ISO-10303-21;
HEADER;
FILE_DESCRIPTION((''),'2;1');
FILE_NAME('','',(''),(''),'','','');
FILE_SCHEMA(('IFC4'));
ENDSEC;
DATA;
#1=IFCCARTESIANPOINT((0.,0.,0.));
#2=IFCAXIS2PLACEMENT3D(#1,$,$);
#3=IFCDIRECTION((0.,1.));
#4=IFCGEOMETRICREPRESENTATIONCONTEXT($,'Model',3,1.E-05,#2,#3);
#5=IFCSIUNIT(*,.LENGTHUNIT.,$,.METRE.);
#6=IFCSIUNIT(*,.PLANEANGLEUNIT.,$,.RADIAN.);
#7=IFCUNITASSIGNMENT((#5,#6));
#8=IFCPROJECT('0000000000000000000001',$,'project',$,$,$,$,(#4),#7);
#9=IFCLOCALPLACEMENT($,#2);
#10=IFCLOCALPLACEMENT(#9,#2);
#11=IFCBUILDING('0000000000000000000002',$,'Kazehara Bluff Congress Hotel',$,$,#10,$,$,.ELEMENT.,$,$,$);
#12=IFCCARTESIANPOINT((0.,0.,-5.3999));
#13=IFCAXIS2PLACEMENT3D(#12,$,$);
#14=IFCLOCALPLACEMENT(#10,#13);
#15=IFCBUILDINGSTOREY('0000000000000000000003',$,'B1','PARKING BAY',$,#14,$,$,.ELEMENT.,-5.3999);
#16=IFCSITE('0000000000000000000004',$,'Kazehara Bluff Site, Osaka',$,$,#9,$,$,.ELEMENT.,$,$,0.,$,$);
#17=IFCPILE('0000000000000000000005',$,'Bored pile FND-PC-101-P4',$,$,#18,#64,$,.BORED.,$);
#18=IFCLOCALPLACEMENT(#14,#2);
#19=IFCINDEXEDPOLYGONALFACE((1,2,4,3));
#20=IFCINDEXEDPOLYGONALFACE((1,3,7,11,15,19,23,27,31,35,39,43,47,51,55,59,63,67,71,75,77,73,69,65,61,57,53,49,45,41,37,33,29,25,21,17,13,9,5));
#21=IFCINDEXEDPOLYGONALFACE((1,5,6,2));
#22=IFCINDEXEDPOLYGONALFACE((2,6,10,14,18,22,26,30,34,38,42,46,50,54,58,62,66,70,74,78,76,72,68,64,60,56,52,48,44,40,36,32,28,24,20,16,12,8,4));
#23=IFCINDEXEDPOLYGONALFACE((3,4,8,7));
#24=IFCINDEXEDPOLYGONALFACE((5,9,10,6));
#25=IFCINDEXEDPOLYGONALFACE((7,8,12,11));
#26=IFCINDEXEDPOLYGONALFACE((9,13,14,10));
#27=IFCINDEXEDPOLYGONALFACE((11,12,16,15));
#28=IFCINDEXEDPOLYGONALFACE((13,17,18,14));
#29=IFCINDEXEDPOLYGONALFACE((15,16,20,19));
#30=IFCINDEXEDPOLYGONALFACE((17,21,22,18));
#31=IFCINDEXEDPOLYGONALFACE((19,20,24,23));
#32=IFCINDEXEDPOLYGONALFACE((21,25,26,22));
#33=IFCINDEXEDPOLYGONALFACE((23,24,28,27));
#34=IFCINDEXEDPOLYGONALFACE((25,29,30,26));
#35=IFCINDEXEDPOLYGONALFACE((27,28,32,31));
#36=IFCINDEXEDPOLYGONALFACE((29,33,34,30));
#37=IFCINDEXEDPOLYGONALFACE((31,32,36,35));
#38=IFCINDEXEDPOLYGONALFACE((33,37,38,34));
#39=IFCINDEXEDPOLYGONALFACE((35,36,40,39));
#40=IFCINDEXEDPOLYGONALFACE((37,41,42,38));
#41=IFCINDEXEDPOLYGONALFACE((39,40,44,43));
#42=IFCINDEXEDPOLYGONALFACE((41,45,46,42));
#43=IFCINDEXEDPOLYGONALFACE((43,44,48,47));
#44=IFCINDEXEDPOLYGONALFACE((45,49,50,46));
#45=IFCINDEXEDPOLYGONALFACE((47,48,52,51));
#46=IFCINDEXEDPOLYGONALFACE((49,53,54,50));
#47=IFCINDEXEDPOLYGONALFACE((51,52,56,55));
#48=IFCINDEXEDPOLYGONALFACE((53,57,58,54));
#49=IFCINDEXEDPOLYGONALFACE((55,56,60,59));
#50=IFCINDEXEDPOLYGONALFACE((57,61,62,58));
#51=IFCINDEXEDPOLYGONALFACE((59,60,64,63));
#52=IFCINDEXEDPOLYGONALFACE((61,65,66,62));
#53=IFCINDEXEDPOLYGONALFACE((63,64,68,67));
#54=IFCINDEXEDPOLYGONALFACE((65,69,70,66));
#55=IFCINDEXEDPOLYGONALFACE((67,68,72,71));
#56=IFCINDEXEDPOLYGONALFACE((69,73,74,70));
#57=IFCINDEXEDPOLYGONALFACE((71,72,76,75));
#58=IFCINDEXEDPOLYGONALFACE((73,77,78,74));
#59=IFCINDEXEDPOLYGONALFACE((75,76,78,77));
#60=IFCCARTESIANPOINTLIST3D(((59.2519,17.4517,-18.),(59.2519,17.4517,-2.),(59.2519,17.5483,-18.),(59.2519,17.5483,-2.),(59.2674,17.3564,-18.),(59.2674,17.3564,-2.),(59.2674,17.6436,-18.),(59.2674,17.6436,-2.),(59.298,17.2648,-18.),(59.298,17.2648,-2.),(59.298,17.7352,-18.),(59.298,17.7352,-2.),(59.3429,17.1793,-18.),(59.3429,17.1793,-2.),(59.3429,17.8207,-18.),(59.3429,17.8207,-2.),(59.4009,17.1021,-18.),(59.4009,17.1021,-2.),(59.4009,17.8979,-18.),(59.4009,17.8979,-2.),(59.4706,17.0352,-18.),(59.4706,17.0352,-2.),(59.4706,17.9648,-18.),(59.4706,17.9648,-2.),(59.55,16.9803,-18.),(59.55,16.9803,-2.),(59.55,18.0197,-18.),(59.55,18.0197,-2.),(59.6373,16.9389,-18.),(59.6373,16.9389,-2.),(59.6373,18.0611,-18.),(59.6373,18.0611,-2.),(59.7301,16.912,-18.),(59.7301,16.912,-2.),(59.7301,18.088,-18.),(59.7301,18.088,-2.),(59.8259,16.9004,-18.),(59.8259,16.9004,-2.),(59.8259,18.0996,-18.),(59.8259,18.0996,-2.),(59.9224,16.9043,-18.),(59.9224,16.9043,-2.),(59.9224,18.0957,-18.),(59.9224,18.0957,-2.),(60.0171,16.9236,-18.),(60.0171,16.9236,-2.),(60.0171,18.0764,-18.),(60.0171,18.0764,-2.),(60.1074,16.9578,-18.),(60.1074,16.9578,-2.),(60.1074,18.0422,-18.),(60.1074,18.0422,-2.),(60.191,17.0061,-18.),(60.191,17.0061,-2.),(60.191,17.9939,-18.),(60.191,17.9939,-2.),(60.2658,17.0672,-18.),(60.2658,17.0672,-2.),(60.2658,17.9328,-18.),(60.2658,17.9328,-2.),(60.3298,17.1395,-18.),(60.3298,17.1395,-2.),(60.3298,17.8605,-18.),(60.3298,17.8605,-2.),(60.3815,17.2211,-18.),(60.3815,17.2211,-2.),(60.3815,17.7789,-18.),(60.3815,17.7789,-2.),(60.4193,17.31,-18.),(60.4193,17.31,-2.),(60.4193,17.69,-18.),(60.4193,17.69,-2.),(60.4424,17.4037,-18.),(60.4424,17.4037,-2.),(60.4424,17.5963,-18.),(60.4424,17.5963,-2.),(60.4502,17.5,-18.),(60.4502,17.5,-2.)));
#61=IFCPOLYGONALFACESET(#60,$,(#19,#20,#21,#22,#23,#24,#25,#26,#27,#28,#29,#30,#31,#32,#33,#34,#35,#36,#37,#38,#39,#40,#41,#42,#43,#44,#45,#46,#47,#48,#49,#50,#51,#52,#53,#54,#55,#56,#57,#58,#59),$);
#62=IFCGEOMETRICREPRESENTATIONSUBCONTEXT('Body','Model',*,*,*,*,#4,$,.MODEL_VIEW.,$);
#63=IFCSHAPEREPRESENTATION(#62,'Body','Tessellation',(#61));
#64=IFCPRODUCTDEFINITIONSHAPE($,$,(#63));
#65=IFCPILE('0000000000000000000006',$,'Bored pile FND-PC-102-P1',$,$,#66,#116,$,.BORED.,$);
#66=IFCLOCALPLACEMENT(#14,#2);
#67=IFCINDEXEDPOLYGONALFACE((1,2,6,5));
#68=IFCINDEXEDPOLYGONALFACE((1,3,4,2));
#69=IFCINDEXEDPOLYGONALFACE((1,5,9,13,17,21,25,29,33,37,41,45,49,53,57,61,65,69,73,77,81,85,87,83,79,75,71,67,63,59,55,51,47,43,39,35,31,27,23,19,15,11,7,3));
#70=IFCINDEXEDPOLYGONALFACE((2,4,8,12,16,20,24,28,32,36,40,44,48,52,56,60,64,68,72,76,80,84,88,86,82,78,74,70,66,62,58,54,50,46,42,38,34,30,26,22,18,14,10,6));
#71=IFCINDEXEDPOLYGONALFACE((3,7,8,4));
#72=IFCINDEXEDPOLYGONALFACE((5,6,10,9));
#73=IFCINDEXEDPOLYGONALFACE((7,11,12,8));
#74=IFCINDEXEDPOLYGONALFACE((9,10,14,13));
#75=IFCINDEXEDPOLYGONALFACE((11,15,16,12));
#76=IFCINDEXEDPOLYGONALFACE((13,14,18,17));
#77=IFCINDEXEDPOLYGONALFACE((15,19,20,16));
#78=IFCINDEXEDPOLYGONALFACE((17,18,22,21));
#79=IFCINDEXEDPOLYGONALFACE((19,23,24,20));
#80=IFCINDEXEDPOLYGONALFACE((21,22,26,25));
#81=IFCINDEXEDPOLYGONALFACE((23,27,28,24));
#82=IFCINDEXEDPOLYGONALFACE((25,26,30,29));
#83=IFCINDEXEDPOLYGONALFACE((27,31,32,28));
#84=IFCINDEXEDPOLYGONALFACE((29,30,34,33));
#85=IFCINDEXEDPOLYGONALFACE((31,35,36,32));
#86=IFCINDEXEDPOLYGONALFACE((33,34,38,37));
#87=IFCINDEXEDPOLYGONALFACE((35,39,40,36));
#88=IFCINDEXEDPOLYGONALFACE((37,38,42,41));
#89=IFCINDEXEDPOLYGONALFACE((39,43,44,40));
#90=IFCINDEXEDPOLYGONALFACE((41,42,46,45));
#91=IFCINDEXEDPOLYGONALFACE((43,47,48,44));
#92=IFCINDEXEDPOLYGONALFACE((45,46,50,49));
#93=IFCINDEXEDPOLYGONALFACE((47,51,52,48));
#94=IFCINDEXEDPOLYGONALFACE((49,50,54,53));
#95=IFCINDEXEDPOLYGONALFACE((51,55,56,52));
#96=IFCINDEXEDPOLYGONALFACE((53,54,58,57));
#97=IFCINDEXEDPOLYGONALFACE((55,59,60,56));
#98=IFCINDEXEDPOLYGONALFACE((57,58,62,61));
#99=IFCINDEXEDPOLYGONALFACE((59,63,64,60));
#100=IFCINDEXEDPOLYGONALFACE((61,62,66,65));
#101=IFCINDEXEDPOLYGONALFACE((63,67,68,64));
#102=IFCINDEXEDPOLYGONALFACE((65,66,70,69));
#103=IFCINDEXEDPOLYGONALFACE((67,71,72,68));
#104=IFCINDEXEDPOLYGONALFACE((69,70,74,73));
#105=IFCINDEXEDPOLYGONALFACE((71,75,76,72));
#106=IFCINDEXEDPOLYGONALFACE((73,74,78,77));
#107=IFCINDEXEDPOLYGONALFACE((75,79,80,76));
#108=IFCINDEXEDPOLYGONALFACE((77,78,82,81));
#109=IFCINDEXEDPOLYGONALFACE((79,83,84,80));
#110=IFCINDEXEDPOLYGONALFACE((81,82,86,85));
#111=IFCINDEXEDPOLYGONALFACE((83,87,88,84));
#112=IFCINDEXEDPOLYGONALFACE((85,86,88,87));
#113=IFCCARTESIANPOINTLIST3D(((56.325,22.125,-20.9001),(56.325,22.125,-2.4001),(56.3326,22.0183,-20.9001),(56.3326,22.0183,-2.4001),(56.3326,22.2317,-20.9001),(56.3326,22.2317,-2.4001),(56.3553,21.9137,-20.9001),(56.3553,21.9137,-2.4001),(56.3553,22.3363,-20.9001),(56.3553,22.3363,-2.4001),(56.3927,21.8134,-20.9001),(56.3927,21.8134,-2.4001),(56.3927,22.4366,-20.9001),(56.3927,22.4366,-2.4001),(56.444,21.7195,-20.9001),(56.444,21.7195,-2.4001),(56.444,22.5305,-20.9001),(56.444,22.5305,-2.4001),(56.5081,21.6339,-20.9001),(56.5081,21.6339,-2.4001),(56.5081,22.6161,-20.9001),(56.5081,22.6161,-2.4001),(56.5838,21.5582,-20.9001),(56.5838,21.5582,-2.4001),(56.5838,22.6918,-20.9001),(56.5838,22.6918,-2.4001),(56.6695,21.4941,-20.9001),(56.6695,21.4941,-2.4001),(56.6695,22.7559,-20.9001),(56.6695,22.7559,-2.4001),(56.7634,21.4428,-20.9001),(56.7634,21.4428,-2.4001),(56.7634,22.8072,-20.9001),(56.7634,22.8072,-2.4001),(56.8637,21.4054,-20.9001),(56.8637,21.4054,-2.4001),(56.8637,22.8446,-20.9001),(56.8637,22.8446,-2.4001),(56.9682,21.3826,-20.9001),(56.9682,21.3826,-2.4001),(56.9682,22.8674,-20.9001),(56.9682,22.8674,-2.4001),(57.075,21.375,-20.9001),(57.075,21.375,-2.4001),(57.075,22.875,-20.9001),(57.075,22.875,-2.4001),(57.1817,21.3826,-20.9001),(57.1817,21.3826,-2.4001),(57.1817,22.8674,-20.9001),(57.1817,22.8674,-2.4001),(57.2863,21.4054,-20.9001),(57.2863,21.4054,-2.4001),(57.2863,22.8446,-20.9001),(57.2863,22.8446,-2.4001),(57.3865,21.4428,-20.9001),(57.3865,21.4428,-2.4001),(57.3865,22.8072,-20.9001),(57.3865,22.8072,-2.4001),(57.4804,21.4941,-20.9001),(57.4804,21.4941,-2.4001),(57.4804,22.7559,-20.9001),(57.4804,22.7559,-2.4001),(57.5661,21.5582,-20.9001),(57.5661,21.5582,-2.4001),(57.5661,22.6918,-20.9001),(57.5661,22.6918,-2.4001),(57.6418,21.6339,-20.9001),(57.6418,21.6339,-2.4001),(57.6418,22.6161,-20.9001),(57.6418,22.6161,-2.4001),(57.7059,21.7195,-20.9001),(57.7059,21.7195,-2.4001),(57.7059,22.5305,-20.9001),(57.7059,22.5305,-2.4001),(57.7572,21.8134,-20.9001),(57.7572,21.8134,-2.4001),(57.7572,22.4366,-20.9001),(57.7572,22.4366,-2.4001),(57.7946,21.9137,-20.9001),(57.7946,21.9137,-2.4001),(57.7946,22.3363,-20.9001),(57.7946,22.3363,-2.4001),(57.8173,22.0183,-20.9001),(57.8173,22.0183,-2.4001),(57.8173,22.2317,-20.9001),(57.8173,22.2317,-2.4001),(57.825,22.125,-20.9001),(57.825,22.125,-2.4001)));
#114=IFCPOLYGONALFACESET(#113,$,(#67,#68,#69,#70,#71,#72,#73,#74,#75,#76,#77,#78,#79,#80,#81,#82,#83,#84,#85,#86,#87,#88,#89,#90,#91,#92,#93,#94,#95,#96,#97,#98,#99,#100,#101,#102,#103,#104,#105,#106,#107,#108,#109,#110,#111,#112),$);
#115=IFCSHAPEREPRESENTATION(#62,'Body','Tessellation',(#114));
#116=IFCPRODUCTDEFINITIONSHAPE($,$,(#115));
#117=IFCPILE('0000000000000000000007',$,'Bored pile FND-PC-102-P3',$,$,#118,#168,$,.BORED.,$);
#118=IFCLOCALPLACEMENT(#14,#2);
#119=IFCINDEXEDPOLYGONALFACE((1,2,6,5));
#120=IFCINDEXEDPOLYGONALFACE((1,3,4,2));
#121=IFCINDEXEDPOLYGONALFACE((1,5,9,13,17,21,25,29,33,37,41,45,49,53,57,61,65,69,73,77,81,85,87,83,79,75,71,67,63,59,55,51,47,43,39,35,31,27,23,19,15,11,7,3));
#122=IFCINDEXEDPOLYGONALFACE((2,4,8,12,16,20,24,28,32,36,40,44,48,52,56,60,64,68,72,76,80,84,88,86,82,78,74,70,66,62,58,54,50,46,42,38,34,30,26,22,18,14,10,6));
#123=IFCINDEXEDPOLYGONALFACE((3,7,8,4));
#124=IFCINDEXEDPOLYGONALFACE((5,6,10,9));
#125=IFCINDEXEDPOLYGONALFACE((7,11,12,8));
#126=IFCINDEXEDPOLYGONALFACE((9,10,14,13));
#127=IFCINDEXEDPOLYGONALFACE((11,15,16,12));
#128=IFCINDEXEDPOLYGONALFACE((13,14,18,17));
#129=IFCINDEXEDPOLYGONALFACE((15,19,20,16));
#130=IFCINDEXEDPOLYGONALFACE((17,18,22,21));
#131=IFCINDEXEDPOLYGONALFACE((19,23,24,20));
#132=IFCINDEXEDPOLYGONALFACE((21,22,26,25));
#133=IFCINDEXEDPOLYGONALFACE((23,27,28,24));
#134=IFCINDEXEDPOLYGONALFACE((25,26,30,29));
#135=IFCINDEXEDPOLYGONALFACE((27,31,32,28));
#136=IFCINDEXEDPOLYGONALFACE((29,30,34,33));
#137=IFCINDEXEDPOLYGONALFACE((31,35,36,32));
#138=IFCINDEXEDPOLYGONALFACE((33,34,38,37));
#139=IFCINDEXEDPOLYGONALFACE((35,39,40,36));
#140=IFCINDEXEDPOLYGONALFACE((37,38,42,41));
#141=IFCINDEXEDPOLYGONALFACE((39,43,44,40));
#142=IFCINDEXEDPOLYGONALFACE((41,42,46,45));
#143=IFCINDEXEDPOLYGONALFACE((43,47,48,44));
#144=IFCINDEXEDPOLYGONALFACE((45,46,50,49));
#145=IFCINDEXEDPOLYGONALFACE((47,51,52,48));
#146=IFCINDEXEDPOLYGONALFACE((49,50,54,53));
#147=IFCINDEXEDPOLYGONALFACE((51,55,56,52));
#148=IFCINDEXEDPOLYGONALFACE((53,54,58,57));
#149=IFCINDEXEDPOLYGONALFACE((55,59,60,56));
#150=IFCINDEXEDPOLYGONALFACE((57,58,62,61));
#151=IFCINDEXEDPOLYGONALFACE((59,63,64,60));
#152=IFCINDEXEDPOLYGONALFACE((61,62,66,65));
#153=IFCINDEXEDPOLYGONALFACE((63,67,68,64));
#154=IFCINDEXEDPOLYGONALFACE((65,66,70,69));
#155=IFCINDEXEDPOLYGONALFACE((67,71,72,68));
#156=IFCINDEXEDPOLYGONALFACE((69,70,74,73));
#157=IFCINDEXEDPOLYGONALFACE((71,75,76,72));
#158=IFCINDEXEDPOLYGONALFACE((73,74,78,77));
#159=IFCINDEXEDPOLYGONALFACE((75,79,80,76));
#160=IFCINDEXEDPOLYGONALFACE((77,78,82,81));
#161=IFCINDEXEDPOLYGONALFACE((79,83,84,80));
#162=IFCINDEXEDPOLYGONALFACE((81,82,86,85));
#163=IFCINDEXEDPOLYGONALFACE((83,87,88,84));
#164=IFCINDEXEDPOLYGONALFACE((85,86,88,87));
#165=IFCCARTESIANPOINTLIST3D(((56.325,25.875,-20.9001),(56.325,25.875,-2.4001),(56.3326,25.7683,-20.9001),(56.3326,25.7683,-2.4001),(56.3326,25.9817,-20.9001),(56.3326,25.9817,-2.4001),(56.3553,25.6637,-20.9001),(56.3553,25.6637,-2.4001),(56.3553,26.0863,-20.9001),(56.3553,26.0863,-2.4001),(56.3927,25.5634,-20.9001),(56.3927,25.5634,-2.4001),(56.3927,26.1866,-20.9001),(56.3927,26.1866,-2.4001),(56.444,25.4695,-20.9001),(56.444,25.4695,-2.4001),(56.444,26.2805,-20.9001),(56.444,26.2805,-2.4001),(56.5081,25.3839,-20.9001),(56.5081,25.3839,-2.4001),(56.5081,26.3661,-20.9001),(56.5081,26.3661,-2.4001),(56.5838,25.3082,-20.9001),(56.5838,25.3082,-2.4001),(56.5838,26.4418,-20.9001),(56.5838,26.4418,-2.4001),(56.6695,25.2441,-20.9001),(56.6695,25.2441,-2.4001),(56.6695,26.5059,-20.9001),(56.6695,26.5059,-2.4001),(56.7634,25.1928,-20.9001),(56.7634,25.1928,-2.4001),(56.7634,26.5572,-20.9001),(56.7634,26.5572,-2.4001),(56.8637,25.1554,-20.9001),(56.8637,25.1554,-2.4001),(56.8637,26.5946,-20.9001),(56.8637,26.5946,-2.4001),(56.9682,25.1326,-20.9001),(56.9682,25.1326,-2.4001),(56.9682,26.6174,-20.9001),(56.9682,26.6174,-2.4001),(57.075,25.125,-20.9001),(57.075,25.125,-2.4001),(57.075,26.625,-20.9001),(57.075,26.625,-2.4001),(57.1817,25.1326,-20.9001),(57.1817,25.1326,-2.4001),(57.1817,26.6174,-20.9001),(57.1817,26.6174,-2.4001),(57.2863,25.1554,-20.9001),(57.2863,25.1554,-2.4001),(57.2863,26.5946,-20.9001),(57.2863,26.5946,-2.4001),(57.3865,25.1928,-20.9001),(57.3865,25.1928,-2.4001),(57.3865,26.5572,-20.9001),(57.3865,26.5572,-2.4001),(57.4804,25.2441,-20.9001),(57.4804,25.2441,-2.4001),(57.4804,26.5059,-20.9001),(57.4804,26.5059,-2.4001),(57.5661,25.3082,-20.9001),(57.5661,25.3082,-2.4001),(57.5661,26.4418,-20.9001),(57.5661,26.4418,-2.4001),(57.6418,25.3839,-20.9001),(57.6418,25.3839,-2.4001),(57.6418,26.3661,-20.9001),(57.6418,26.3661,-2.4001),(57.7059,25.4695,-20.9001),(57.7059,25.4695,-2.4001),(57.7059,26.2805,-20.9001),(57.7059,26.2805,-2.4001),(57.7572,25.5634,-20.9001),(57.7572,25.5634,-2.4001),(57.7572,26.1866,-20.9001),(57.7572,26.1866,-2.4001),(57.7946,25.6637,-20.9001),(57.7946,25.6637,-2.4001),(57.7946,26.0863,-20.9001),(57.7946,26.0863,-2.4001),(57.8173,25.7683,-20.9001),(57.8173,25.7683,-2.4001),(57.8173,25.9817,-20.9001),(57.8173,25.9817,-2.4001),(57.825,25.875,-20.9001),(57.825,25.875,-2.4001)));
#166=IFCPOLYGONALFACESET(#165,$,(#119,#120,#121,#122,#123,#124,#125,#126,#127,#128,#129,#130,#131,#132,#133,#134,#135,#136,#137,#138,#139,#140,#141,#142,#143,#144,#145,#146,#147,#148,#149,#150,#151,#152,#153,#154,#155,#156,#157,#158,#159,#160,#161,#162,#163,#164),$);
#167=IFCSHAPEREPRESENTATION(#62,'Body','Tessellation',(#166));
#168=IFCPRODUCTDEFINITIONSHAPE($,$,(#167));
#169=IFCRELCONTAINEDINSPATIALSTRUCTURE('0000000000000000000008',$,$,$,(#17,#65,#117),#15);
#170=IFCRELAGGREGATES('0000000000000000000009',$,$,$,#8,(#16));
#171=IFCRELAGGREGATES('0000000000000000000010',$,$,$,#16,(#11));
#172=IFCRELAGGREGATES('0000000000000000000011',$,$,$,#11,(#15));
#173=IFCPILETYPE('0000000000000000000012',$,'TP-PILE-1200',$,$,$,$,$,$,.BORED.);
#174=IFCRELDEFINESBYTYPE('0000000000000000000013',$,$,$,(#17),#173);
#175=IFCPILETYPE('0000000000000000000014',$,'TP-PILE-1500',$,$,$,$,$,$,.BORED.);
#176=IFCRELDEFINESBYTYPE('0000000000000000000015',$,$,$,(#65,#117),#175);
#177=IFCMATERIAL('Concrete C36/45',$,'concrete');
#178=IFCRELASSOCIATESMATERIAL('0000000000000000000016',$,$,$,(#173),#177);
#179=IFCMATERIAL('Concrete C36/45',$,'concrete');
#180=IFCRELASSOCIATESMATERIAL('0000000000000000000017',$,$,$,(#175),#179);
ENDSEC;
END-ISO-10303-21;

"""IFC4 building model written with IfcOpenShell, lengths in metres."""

from ifc_helpers import new_model, si_unit, direction, frame, origin, origin_2d, place, context, subcontext, project, spatial, circle, extrude, material, material_profile, profile_set, type_object, element, save


model = new_model("IFC4")

# Units and contexts
model_context = context("Model", 3, precision=1e-05, world=origin(), true_north=direction((0.0, 1.0)))
body_context = subcontext(model_context, "Body", "Model", "MODEL_VIEW")
ifc_project = project(units=[si_unit("LENGTHUNIT", "METRE"), si_unit("PLANEANGLEUNIT", "RADIAN")], contexts=[model_context])

# Site, building, storey
site_placement = place(None, origin())
site = spatial("IfcSite", under=ifc_project, at=site_placement, Name="Kazehara Bluff Site, Osaka", CompositionType="ELEMENT", RefElevation=0.0)
building_placement = place(site_placement, origin())
building = spatial("IfcBuilding", under=site, at=building_placement, Name="Kazehara Bluff Congress Hotel", CompositionType="ELEMENT")
storey_placement = place(building_placement, frame((0.0, 0.0, -5.3999)))
storey = spatial("IfcBuildingStorey", under=building, at=storey_placement, Name="B1", Description="PARKING BAY", CompositionType="ELEMENT", Elevation=-5.3999)

# Piles
ifc_material_1 = material(Name="Concrete C36/45", Category="concrete")
ifc_material_profile_1 = material_profile(ifc_material_1, circle(Radius=0.6001, at=origin_2d()))
ifc_profile_set_1 = profile_set([ifc_material_profile_1], Name="Concrete C36/45")
pile_type_1 = type_object("IfcPileType", Name="TP-PILE-1200", PredefinedType="BORED", material=ifc_profile_set_1)
for number, where, z_axis, x_axis, name in (
    (1, (59.8501, 17.5, -2.0), (0.0, 0.0, -1.0), (1.0, 0.0, 0.0), "Bored pile FND-PC-101-P4"),
):
    element("IfcPile", number, at=place(storey_placement, frame(where, z_axis=z_axis, x_axis=x_axis)), inside=storey, type_object=pile_type_1, Name=name, PredefinedType="BORED", context=body_context, shape_type="SweptSolid", body=[
        extrude(circle(Radius=0.6001, at=origin_2d()), origin(), (0.0, 0.0, 1.0), 16.0),
    ])
ifc_material_2 = material(Name="Concrete C36/45", Category="concrete")
ifc_material_profile_2 = material_profile(ifc_material_2, circle(Radius=0.75, at=origin_2d()))
ifc_profile_set_2 = profile_set([ifc_material_profile_2], Name="Concrete C36/45")
pile_type_2 = type_object("IfcPileType", Name="TP-PILE-1500", PredefinedType="BORED", material=ifc_profile_set_2)
for number, where, z_axis, x_axis, name in (
    (2, (57.075, 22.125, -2.4001), (0.0, 0.0, -1.0), (1.0, 0.0, 0.0), "Bored pile FND-PC-102-P1"),
    (3, (57.075, 25.875, -2.4001), (0.0, 0.0, -1.0), (1.0, 0.0, 0.0), "Bored pile FND-PC-102-P3"),
):
    element("IfcPile", number, at=place(storey_placement, frame(where, z_axis=z_axis, x_axis=x_axis)), inside=storey, type_object=pile_type_2, Name=name, PredefinedType="BORED", context=body_context, shape_type="SweptSolid", body=[
        extrude(circle(Radius=0.75, at=origin_2d()), origin(), (0.0, 0.0, 1.0), 18.5),
    ])

save(model, "model.ifc")
